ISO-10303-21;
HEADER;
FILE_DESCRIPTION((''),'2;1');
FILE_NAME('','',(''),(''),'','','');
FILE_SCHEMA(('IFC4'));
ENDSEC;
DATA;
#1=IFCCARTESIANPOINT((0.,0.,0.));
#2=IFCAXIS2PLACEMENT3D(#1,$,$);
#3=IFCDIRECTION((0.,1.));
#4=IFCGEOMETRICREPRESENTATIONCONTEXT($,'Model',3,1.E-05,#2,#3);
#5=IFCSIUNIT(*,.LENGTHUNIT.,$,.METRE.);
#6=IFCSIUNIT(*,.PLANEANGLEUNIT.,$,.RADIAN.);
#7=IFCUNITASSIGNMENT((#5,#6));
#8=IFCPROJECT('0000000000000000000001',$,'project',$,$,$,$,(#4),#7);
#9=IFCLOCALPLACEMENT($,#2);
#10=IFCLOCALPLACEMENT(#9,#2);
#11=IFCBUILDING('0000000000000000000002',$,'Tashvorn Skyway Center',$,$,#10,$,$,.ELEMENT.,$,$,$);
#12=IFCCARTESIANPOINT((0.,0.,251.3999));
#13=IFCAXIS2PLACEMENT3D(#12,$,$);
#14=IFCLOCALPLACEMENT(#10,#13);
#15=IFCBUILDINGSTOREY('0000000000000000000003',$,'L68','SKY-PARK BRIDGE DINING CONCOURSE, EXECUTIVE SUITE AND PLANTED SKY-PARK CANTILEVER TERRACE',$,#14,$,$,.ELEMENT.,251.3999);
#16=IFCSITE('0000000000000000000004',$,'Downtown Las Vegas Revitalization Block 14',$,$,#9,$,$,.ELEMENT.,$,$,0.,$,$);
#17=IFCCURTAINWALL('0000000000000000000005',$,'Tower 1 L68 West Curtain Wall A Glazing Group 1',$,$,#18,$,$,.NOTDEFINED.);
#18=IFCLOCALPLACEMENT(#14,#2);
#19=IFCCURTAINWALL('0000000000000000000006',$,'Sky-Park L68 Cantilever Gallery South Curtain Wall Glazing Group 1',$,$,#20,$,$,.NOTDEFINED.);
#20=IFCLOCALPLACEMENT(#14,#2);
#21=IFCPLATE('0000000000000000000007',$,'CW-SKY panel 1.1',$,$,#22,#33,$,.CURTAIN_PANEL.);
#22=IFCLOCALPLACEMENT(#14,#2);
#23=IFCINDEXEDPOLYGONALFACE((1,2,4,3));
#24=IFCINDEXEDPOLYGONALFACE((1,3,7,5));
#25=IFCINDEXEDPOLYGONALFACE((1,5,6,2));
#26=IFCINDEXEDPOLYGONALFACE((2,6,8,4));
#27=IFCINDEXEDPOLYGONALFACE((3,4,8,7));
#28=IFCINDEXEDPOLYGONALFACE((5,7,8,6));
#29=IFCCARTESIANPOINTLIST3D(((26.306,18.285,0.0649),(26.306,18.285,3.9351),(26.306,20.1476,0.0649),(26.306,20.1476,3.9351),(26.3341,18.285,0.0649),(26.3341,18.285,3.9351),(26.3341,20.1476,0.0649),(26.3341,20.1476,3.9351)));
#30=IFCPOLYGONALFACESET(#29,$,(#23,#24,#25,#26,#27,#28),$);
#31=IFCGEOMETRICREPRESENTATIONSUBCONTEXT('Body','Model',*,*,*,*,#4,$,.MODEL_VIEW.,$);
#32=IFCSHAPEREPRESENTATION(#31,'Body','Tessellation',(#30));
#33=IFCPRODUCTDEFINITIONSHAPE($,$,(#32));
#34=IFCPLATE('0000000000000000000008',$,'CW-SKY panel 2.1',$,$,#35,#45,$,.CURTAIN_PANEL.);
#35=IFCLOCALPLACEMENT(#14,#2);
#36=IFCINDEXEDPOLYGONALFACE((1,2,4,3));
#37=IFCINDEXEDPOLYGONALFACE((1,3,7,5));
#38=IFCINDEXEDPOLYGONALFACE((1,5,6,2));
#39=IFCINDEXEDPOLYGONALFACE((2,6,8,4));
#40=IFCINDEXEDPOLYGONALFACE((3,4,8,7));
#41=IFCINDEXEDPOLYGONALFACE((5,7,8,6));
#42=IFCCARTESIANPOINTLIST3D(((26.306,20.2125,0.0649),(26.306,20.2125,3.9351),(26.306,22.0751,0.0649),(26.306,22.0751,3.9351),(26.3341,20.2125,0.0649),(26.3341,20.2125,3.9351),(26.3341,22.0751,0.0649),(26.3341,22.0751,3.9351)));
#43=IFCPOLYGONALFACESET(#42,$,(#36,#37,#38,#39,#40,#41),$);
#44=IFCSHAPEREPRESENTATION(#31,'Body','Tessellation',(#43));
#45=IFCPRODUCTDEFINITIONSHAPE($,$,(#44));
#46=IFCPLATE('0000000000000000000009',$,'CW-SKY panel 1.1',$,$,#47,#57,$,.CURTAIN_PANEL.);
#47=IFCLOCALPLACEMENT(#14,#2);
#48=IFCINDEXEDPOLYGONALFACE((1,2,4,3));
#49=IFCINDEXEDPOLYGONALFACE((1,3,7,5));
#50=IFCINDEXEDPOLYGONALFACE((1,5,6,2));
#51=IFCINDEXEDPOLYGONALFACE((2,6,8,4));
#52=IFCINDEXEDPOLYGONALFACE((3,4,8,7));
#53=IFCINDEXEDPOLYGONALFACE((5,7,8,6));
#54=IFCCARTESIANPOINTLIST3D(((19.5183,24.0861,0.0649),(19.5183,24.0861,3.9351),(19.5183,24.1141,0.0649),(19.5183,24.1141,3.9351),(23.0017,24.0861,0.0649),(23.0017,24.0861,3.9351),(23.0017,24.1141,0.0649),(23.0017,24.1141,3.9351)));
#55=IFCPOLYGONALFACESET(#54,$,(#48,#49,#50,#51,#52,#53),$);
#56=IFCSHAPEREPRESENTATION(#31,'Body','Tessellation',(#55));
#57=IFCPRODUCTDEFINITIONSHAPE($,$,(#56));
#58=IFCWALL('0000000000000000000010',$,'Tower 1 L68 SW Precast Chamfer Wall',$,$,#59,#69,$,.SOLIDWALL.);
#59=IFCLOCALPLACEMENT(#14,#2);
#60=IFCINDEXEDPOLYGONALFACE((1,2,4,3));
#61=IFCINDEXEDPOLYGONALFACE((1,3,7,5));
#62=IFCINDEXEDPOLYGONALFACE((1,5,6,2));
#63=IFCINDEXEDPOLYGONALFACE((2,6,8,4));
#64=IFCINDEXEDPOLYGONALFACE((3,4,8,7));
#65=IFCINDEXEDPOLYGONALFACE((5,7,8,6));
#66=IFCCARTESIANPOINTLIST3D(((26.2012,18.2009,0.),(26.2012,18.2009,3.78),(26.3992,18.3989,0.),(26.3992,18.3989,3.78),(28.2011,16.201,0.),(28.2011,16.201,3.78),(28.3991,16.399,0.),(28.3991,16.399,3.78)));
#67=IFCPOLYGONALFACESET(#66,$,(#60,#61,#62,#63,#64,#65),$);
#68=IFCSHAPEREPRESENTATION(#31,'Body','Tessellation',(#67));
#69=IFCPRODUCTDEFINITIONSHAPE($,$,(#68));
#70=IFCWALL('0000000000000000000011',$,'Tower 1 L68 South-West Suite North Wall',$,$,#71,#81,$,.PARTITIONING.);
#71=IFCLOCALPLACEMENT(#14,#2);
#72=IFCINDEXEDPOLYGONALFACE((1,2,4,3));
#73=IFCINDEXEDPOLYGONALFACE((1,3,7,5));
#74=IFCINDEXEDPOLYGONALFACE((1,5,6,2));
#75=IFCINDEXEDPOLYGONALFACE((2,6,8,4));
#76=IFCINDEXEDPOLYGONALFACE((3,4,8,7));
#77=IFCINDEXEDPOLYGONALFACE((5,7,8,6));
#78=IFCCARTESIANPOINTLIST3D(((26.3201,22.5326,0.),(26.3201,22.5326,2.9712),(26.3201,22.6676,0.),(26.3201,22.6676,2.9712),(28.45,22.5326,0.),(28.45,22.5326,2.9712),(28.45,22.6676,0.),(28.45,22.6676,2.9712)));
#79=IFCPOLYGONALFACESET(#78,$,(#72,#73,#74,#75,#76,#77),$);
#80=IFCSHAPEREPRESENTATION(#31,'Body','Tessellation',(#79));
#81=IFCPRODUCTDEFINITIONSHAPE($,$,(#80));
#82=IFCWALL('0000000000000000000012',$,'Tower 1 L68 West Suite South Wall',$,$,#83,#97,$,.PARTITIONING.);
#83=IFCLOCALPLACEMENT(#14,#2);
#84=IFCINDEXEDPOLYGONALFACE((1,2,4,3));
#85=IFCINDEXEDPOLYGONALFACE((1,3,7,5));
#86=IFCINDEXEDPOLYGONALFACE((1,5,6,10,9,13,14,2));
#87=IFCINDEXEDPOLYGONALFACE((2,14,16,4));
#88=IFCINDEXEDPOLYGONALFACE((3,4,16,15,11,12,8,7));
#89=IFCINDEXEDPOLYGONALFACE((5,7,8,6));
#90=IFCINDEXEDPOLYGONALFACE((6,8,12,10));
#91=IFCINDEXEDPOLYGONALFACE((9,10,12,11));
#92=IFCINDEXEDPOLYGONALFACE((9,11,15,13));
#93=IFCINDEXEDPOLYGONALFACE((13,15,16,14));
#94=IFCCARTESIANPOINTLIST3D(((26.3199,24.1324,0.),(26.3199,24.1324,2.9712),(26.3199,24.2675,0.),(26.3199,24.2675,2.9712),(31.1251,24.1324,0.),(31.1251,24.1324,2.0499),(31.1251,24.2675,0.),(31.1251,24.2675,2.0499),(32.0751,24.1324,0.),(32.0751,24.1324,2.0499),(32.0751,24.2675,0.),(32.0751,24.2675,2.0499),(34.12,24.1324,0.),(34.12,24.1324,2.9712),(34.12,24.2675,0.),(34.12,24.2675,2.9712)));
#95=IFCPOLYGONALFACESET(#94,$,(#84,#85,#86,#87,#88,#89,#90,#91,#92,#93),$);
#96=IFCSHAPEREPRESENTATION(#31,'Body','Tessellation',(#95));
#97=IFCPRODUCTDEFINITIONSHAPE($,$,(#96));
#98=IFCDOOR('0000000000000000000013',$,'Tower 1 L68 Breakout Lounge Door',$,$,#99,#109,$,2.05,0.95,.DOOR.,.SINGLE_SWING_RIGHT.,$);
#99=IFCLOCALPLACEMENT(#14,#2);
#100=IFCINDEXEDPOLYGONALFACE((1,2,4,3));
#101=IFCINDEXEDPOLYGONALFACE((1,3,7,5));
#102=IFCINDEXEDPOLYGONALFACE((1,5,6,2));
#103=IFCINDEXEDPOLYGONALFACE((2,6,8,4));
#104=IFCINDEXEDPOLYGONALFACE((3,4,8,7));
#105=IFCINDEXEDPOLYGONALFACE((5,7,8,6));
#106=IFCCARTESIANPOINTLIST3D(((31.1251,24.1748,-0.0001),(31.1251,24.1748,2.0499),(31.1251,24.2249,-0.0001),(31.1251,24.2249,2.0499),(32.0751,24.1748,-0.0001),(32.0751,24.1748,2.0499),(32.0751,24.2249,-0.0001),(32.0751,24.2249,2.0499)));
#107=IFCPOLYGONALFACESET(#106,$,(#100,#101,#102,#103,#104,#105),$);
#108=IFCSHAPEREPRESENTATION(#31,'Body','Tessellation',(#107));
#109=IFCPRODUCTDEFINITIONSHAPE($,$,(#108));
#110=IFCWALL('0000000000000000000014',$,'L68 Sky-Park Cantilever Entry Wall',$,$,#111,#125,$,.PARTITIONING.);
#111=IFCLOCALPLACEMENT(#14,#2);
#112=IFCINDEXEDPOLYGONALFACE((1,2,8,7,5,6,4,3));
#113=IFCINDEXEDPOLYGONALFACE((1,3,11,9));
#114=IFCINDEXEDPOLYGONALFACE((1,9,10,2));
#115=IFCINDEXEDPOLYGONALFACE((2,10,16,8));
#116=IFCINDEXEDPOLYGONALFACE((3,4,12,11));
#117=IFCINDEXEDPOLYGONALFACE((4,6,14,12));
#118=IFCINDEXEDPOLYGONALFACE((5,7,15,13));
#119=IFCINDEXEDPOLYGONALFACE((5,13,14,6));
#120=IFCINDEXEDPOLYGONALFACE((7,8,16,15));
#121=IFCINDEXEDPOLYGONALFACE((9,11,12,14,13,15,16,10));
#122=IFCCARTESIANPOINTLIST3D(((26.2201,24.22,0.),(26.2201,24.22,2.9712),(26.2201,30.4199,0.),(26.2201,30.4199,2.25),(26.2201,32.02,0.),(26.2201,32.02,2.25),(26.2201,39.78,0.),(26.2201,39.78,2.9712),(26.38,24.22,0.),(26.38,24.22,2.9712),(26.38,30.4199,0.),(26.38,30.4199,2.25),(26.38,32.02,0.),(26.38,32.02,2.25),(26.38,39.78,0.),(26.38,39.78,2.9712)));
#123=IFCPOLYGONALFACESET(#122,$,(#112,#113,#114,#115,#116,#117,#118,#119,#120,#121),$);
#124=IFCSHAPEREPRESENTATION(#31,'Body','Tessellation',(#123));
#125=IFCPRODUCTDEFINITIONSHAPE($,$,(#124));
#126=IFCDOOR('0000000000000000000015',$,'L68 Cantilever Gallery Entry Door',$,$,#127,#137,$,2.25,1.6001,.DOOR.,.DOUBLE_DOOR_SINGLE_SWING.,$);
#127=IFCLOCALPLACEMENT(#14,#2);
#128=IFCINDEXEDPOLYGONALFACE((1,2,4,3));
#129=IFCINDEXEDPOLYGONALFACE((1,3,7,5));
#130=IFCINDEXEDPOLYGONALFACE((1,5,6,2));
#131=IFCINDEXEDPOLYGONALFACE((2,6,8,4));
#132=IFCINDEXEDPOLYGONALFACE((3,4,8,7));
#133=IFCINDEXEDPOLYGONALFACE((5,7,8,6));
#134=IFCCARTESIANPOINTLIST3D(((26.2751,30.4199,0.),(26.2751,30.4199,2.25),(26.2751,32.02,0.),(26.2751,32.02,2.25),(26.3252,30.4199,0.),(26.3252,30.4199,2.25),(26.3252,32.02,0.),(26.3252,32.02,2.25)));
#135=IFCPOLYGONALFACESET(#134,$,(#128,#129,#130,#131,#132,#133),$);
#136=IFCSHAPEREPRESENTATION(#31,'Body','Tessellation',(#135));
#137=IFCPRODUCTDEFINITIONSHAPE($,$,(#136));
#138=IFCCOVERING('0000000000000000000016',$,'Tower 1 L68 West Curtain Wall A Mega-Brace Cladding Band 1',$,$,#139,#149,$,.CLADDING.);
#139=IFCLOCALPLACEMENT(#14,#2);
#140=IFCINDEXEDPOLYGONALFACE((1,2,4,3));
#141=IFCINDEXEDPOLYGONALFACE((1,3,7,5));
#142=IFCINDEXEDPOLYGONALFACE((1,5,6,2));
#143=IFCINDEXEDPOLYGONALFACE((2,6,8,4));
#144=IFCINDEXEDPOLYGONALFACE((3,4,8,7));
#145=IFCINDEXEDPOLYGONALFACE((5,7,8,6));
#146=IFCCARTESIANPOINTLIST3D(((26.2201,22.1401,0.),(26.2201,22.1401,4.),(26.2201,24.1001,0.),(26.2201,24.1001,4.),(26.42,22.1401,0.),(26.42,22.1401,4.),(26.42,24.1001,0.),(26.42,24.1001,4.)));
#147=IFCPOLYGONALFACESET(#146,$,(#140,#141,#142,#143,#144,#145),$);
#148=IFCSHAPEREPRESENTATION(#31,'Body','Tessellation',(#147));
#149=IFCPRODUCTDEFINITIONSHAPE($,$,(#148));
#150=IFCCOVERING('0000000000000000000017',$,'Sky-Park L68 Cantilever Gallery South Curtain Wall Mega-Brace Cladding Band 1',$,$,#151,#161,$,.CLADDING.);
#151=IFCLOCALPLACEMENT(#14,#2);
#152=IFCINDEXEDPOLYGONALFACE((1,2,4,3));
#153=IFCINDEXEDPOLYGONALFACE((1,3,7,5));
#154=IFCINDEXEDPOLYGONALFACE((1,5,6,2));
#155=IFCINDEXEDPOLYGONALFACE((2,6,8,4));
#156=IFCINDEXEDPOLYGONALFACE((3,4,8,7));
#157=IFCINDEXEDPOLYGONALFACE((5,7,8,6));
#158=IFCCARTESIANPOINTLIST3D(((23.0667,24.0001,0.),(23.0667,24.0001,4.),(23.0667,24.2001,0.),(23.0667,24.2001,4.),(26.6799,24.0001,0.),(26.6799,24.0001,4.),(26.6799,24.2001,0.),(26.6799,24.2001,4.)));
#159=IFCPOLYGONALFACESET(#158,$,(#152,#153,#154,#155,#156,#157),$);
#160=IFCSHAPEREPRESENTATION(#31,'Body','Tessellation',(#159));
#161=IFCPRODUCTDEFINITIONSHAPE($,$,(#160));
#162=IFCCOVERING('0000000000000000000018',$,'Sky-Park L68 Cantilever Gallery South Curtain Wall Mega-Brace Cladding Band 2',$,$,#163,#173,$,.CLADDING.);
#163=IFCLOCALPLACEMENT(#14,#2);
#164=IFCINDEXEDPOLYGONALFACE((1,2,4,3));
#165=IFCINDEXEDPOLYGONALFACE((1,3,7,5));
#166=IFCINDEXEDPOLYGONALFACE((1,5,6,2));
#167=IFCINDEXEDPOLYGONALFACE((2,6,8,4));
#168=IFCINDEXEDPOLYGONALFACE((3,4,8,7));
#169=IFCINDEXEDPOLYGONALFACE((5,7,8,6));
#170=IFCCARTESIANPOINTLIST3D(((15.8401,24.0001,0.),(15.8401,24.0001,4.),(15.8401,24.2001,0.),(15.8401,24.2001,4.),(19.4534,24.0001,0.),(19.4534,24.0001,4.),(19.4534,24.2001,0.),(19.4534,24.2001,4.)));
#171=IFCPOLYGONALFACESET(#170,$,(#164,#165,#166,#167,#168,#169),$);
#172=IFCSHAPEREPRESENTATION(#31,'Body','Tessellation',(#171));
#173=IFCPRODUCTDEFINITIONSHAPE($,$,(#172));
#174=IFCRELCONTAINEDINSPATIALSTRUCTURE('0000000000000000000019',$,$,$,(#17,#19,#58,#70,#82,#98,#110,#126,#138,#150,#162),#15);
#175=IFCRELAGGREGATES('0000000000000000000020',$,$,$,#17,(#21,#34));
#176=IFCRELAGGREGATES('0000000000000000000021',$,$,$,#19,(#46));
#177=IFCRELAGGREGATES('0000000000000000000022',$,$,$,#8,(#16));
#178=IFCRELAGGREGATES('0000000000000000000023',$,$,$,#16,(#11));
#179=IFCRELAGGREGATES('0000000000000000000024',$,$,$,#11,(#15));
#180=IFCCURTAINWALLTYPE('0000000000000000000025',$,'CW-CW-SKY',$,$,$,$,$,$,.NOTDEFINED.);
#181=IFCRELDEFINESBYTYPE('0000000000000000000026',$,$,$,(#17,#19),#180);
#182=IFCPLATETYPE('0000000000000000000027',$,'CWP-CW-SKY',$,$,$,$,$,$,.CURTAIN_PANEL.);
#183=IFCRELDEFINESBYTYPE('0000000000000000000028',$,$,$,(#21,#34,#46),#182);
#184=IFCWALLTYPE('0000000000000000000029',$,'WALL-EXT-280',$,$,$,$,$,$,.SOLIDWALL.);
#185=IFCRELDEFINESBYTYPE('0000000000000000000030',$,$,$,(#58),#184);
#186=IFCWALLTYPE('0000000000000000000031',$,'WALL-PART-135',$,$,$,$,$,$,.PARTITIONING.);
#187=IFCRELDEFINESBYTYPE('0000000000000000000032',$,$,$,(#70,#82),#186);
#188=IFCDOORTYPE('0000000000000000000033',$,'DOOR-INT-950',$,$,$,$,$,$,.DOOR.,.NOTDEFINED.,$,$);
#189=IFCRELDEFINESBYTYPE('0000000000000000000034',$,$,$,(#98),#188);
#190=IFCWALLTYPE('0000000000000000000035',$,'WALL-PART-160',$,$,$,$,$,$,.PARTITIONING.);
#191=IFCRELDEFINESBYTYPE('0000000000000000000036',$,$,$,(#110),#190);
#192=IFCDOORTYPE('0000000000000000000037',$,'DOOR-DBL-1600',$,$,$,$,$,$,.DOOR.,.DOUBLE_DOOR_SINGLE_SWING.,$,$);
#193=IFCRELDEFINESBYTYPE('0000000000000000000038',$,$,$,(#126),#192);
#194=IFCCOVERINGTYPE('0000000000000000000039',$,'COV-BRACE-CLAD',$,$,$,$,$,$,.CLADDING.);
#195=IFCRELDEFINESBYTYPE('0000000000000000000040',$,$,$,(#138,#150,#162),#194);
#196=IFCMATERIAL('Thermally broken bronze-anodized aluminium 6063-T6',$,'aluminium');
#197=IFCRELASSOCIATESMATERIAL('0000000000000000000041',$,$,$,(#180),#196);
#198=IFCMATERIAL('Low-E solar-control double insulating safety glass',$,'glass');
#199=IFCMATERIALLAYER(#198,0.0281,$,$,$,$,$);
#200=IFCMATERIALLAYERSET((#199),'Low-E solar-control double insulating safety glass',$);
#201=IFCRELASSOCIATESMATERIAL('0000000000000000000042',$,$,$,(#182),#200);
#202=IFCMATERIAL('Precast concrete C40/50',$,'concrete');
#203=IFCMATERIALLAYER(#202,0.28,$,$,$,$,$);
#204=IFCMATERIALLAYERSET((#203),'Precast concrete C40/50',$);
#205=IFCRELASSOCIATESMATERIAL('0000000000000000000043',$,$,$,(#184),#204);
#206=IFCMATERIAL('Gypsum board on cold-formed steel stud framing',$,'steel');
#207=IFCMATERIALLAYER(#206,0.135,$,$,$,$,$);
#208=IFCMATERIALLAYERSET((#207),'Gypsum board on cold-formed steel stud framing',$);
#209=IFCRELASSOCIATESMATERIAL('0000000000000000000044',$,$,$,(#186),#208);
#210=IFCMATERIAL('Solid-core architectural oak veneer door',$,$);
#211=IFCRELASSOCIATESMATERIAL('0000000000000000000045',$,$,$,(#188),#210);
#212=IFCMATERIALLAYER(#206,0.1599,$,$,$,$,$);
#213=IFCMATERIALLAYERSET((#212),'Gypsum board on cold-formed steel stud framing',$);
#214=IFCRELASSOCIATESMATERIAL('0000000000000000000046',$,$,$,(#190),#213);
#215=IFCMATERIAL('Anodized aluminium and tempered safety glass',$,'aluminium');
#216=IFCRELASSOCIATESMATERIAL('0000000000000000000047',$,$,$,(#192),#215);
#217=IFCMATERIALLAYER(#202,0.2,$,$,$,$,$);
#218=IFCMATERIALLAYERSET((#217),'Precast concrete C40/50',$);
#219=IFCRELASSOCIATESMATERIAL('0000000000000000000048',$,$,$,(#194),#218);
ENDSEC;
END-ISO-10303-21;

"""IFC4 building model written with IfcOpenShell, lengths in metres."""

from ifc_helpers import new_model, si_unit, direction, frame, frame_2d, origin, origin_2d, place, context, subcontext, project, spatial, rectangle, extrude, material, layer, layer_set, type_object, element, fill, aggregate, save


model = new_model("IFC4")

# Units and contexts
model_context = context("Model", 3, precision=1e-05, world=origin(), true_north=direction((0.0, 1.0)))
body_context = subcontext(model_context, "Body", "Model", "MODEL_VIEW")
ifc_project = project(units=[si_unit("LENGTHUNIT", "METRE"), si_unit("PLANEANGLEUNIT", "RADIAN")], contexts=[model_context])

# Site, building, storey
site_placement = place(None, origin())
site = spatial("IfcSite", under=ifc_project, at=site_placement, Name="Downtown Las Vegas Revitalization Block 14", CompositionType="ELEMENT", RefElevation=0.0)
building_placement = place(site_placement, origin())
building = spatial("IfcBuilding", under=site, at=building_placement, Name="Tashvorn Skyway Center", CompositionType="ELEMENT")
storey_placement = place(building_placement, frame((0.0, 0.0, 251.3999)))
storey = spatial("IfcBuildingStorey", under=building, at=storey_placement, Name="L68", Description="SKY-PARK BRIDGE DINING CONCOURSE, EXECUTIVE SUITE AND PLANTED SKY-PARK CANTILEVER TERRACE", CompositionType="ELEMENT", Elevation=251.3999)

# Shared definitions
ifc_material_1 = material(Name="Thermally broken bronze-anodized aluminium 6063-T6", Category="aluminium")
curtain_wall_type = type_object("IfcCurtainWallType", Name="CW-CW-SKY", PredefinedType="NOTDEFINED", material=ifc_material_1)

# Curtain walls
curtain_wall_1_placement = place(storey_placement, origin())
curtain_wall_1 = element("IfcCurtainWall", 1, at=curtain_wall_1_placement, inside=storey, type_object=curtain_wall_type, Name="Tower 1 L68 West Curtain Wall A Glazing Group 1", PredefinedType="NOTDEFINED")
curtain_wall_2_placement = place(storey_placement, origin())
curtain_wall_2 = element("IfcCurtainWall", 2, at=curtain_wall_2_placement, inside=storey, type_object=curtain_wall_type, Name="Sky-Park L68 Cantilever Gallery South Curtain Wall Glazing Group 1", PredefinedType="NOTDEFINED")

# Plates
ifc_material_2 = material(Name="Low-E solar-control double insulating safety glass", Category="glass")
ifc_layer_1 = layer(ifc_material_2, 0.0281)
ifc_layer_set_1 = layer_set([ifc_layer_1], Name="Low-E solar-control double insulating safety glass")
plate_type = type_object("IfcPlateType", Name="CWP-CW-SKY", PredefinedType="CURTAIN_PANEL", material=ifc_layer_set_1)
plate_1_placement = place(storey_placement, frame((26.3201, 19.2163, 0.0649), z_axis=(0.0, 0.0, 1.0), x_axis=(0.0, 1.0, 0.0)))
plate_1 = element("IfcPlate", 3, at=plate_1_placement, type_object=plate_type, Name="CW-SKY panel 1.1", PredefinedType="CURTAIN_PANEL", context=body_context, shape_type="SweptSolid", body=[
    extrude(rectangle(XDim=1.8625, YDim=0.0281, at=origin_2d()), origin(), (0.0, 0.0, 1.0), 3.8701),
])
plate_2_placement = place(storey_placement, frame((26.3201, 21.1438, 0.0649), z_axis=(0.0, 0.0, 1.0), x_axis=(0.0, 1.0, 0.0)))
plate_2 = element("IfcPlate", 4, at=plate_2_placement, type_object=plate_type, Name="CW-SKY panel 2.1", PredefinedType="CURTAIN_PANEL", context=body_context, shape_type="SweptSolid", body=[
    extrude(rectangle(XDim=1.8625, YDim=0.0281, at=origin_2d()), origin(), (0.0, 0.0, 1.0), 3.8701),
])
aggregate(curtain_wall_1, [plate_1, plate_2])
plate_3_placement = place(storey_placement, frame((21.26, 24.1001, 0.0649), z_axis=(0.0, 0.0, 1.0), x_axis=(-1.0, 0.0, 0.0)))
plate_3 = element("IfcPlate", 5, at=plate_3_placement, type_object=plate_type, Name="CW-SKY panel 1.1", PredefinedType="CURTAIN_PANEL", context=body_context, shape_type="SweptSolid", body=[
    extrude(rectangle(XDim=3.4834, YDim=0.0281, at=origin_2d()), origin(), (0.0, 0.0, 1.0), 3.8701),
])
aggregate(curtain_wall_2, [plate_3])

# Walls
ifc_material_3 = material(Name="Precast concrete C40/50", Category="concrete")
ifc_layer_2 = layer(ifc_material_3, 0.28)
ifc_layer_set_2 = layer_set([ifc_layer_2], Name="Precast concrete C40/50")
wall_type_1 = type_object("IfcWallType", Name="WALL-EXT-280", PredefinedType="SOLIDWALL", material=ifc_layer_set_2)
wall_1_placement = place(storey_placement, frame((28.3, 16.3, 0.0), z_axis=(0.0, 0.0, 1.0), x_axis=(-0.707107, 0.707107, 0.0)))
element("IfcWall", 6, at=wall_1_placement, inside=storey, type_object=wall_type_1, Name="Tower 1 L68 SW Precast Chamfer Wall", PredefinedType="SOLIDWALL", context=body_context, shape_type="SweptSolid", body=[
    extrude(rectangle(XDim=2.8284, YDim=0.28, at=frame_2d((1.4141, 0.0))), origin(), (0.0, 0.0, 1.0), 3.78),
])
ifc_material_4 = material(Name="Gypsum board on cold-formed steel stud framing", Category="steel")
ifc_layer_3 = layer(ifc_material_4, 0.135)
ifc_layer_set_3 = layer_set([ifc_layer_3], Name="Gypsum board on cold-formed steel stud framing")
wall_type_2 = type_object("IfcWallType", Name="WALL-PART-135", PredefinedType="PARTITIONING", material=ifc_layer_set_3)
wall_2_placement = place(storey_placement, frame((26.3201, 22.6001, 0.0), z_axis=(0.0, 0.0, 1.0), x_axis=(1.0, 0.0, 0.0)))
element("IfcWall", 7, at=wall_2_placement, inside=storey, type_object=wall_type_2, Name="Tower 1 L68 South-West Suite North Wall", PredefinedType="PARTITIONING", context=body_context, shape_type="SweptSolid", body=[
    extrude(rectangle(XDim=2.1299, YDim=0.135, at=frame_2d((1.0649, 0.0))), origin(), (0.0, 0.0, 1.0), 2.9712),
])

# Walls, openings, doors
wall_3_placement = place(storey_placement, frame((26.3201, 24.2, 0.0), z_axis=(0.0, 0.0, 1.0), x_axis=(1.0, 0.0, 0.0)))
wall_3 = element("IfcWall", 8, at=wall_3_placement, inside=storey, type_object=wall_type_2, Name="Tower 1 L68 West Suite South Wall", PredefinedType="PARTITIONING", context=body_context, shape_type="SweptSolid", body=[
    extrude(rectangle(XDim=7.8, YDim=0.135, at=frame_2d((3.8999, 0.0))), origin(), (0.0, 0.0, 1.0), 2.9712),
])
opening_1_placement = place(wall_3_placement, frame((4.8049, 0.0, 0.0)))
opening_1 = element("IfcOpeningElement", 9, at=opening_1_placement, cuts=wall_3, PredefinedType="OPENING", context=body_context, shape_type="SweptSolid", body=[
    extrude(rectangle(XDim=0.95, YDim=2.05, at=frame_2d((0.4751, 1.0249))), frame((0.0, 0.0774, 0.0), z_axis=(0.0, -1.0, 0.0), x_axis=(1.0, 0.0, 0.0)), (0.0, 0.0, 1.0), 0.155),
])
ifc_material_5 = material(Name="Solid-core architectural oak veneer door")
door_type_1 = type_object("IfcDoorType", Name="DOOR-INT-950", OperationType="NOTDEFINED", PredefinedType="DOOR", material=ifc_material_5)
door_1_placement = place(opening_1_placement, origin())
door_1 = element("IfcDoor", 10, at=door_1_placement, inside=storey, type_object=door_type_1, Name="Tower 1 L68 Breakout Lounge Door", OperationType="SINGLE_SWING_RIGHT", OverallHeight=2.05, OverallWidth=0.95, PredefinedType="DOOR", context=body_context, shape_type="SweptSolid", body=[
    extrude(rectangle(XDim=0.95, YDim=2.05, at=frame_2d((0.4751, 1.0249))), frame((0.0, 0.0249, 0.0), z_axis=(0.0, -1.0, 0.0), x_axis=(1.0, 0.0, 0.0)), (0.0, 0.0, 1.0), 0.05),
])
fill(opening_1, door_1)
ifc_layer_4 = layer(ifc_material_4, 0.1599)
ifc_layer_set_4 = layer_set([ifc_layer_4], Name="Gypsum board on cold-formed steel stud framing")
wall_type_3 = type_object("IfcWallType", Name="WALL-PART-160", PredefinedType="PARTITIONING", material=ifc_layer_set_4)
wall_4_placement = place(storey_placement, frame((26.3, 24.22, 0.0), z_axis=(0.0, 0.0, 1.0), x_axis=(0.0, 1.0, 0.0)))
wall_4 = element("IfcWall", 11, at=wall_4_placement, inside=storey, type_object=wall_type_3, Name="L68 Sky-Park Cantilever Entry Wall", PredefinedType="PARTITIONING", context=body_context, shape_type="SweptSolid", body=[
    extrude(rectangle(XDim=15.5601, YDim=0.1599, at=frame_2d((7.78, 0.0))), origin(), (0.0, 0.0, 1.0), 2.9712),
])
opening_2_placement = place(wall_4_placement, frame((6.2, 0.0, 0.0)))
opening_2 = element("IfcOpeningElement", 12, at=opening_2_placement, cuts=wall_4, PredefinedType="OPENING", context=body_context, shape_type="SweptSolid", body=[
    extrude(rectangle(XDim=1.6001, YDim=2.25, at=frame_2d((0.8, 1.125))), frame((0.0, 0.0898, 0.0), z_axis=(0.0, -1.0, 0.0), x_axis=(1.0, 0.0, 0.0)), (0.0, 0.0, 1.0), 0.1799),
])
ifc_material_6 = material(Name="Anodized aluminium and tempered safety glass", Category="aluminium")
door_type_2 = type_object("IfcDoorType", Name="DOOR-DBL-1600", OperationType="DOUBLE_DOOR_SINGLE_SWING", PredefinedType="DOOR", material=ifc_material_6)
door_2_placement = place(opening_2_placement, origin())
door_2 = element("IfcDoor", 13, at=door_2_placement, inside=storey, type_object=door_type_2, Name="L68 Cantilever Gallery Entry Door", OperationType="DOUBLE_DOOR_SINGLE_SWING", OverallHeight=2.25, OverallWidth=1.6001, PredefinedType="DOOR", context=body_context, shape_type="SweptSolid", body=[
    extrude(rectangle(XDim=1.6001, YDim=2.25, at=frame_2d((0.8, 1.125))), frame((0.0, 0.0249, 0.0), z_axis=(0.0, -1.0, 0.0), x_axis=(1.0, 0.0, 0.0)), (0.0, 0.0, 1.0), 0.05),
])
fill(opening_2, door_2)

# Coverings
ifc_layer_5 = layer(ifc_material_3, 0.2)
ifc_layer_set_5 = layer_set([ifc_layer_5], Name="Precast concrete C40/50")
covering_type_1 = type_object("IfcCoveringType", Name="COV-BRACE-CLAD", PredefinedType="CLADDING", material=ifc_layer_set_5)
covering_1_placement = place(storey_placement, frame((26.3201, 23.1201, 0.0), z_axis=(0.0, 0.0, 1.0), x_axis=(0.0, 1.0, 0.0)))
element("IfcCovering", 14, at=covering_1_placement, inside=storey, type_object=covering_type_1, Name="Tower 1 L68 West Curtain Wall A Mega-Brace Cladding Band 1", PredefinedType="CLADDING", context=body_context, shape_type="SweptSolid", body=[
    extrude(rectangle(XDim=1.96, YDim=0.2, at=origin_2d()), origin(), (0.0, 0.0, 1.0), 4.0),
])
for number, where, z_axis, x_axis, name in (
    (15, (24.8733, 24.1001, 0.0), (0.0, 0.0, 1.0), (-1.0, 0.0, 0.0), "Sky-Park L68 Cantilever Gallery South Curtain Wall Mega-Brace Cladding Band 1"),
    (16, (17.6467, 24.1001, 0.0), (0.0, 0.0, 1.0), (-1.0, 0.0, 0.0), "Sky-Park L68 Cantilever Gallery South Curtain Wall Mega-Brace Cladding Band 2"),
):
    element("IfcCovering", number, at=place(storey_placement, frame(where, z_axis=z_axis, x_axis=x_axis)), inside=storey, type_object=covering_type_1, Name=name, PredefinedType="CLADDING", context=body_context, shape_type="SweptSolid", body=[
        extrude(rectangle(XDim=3.6133, YDim=0.2, at=origin_2d()), origin(), (0.0, 0.0, 1.0), 4.0),
    ])

save(model, "model.ifc")
